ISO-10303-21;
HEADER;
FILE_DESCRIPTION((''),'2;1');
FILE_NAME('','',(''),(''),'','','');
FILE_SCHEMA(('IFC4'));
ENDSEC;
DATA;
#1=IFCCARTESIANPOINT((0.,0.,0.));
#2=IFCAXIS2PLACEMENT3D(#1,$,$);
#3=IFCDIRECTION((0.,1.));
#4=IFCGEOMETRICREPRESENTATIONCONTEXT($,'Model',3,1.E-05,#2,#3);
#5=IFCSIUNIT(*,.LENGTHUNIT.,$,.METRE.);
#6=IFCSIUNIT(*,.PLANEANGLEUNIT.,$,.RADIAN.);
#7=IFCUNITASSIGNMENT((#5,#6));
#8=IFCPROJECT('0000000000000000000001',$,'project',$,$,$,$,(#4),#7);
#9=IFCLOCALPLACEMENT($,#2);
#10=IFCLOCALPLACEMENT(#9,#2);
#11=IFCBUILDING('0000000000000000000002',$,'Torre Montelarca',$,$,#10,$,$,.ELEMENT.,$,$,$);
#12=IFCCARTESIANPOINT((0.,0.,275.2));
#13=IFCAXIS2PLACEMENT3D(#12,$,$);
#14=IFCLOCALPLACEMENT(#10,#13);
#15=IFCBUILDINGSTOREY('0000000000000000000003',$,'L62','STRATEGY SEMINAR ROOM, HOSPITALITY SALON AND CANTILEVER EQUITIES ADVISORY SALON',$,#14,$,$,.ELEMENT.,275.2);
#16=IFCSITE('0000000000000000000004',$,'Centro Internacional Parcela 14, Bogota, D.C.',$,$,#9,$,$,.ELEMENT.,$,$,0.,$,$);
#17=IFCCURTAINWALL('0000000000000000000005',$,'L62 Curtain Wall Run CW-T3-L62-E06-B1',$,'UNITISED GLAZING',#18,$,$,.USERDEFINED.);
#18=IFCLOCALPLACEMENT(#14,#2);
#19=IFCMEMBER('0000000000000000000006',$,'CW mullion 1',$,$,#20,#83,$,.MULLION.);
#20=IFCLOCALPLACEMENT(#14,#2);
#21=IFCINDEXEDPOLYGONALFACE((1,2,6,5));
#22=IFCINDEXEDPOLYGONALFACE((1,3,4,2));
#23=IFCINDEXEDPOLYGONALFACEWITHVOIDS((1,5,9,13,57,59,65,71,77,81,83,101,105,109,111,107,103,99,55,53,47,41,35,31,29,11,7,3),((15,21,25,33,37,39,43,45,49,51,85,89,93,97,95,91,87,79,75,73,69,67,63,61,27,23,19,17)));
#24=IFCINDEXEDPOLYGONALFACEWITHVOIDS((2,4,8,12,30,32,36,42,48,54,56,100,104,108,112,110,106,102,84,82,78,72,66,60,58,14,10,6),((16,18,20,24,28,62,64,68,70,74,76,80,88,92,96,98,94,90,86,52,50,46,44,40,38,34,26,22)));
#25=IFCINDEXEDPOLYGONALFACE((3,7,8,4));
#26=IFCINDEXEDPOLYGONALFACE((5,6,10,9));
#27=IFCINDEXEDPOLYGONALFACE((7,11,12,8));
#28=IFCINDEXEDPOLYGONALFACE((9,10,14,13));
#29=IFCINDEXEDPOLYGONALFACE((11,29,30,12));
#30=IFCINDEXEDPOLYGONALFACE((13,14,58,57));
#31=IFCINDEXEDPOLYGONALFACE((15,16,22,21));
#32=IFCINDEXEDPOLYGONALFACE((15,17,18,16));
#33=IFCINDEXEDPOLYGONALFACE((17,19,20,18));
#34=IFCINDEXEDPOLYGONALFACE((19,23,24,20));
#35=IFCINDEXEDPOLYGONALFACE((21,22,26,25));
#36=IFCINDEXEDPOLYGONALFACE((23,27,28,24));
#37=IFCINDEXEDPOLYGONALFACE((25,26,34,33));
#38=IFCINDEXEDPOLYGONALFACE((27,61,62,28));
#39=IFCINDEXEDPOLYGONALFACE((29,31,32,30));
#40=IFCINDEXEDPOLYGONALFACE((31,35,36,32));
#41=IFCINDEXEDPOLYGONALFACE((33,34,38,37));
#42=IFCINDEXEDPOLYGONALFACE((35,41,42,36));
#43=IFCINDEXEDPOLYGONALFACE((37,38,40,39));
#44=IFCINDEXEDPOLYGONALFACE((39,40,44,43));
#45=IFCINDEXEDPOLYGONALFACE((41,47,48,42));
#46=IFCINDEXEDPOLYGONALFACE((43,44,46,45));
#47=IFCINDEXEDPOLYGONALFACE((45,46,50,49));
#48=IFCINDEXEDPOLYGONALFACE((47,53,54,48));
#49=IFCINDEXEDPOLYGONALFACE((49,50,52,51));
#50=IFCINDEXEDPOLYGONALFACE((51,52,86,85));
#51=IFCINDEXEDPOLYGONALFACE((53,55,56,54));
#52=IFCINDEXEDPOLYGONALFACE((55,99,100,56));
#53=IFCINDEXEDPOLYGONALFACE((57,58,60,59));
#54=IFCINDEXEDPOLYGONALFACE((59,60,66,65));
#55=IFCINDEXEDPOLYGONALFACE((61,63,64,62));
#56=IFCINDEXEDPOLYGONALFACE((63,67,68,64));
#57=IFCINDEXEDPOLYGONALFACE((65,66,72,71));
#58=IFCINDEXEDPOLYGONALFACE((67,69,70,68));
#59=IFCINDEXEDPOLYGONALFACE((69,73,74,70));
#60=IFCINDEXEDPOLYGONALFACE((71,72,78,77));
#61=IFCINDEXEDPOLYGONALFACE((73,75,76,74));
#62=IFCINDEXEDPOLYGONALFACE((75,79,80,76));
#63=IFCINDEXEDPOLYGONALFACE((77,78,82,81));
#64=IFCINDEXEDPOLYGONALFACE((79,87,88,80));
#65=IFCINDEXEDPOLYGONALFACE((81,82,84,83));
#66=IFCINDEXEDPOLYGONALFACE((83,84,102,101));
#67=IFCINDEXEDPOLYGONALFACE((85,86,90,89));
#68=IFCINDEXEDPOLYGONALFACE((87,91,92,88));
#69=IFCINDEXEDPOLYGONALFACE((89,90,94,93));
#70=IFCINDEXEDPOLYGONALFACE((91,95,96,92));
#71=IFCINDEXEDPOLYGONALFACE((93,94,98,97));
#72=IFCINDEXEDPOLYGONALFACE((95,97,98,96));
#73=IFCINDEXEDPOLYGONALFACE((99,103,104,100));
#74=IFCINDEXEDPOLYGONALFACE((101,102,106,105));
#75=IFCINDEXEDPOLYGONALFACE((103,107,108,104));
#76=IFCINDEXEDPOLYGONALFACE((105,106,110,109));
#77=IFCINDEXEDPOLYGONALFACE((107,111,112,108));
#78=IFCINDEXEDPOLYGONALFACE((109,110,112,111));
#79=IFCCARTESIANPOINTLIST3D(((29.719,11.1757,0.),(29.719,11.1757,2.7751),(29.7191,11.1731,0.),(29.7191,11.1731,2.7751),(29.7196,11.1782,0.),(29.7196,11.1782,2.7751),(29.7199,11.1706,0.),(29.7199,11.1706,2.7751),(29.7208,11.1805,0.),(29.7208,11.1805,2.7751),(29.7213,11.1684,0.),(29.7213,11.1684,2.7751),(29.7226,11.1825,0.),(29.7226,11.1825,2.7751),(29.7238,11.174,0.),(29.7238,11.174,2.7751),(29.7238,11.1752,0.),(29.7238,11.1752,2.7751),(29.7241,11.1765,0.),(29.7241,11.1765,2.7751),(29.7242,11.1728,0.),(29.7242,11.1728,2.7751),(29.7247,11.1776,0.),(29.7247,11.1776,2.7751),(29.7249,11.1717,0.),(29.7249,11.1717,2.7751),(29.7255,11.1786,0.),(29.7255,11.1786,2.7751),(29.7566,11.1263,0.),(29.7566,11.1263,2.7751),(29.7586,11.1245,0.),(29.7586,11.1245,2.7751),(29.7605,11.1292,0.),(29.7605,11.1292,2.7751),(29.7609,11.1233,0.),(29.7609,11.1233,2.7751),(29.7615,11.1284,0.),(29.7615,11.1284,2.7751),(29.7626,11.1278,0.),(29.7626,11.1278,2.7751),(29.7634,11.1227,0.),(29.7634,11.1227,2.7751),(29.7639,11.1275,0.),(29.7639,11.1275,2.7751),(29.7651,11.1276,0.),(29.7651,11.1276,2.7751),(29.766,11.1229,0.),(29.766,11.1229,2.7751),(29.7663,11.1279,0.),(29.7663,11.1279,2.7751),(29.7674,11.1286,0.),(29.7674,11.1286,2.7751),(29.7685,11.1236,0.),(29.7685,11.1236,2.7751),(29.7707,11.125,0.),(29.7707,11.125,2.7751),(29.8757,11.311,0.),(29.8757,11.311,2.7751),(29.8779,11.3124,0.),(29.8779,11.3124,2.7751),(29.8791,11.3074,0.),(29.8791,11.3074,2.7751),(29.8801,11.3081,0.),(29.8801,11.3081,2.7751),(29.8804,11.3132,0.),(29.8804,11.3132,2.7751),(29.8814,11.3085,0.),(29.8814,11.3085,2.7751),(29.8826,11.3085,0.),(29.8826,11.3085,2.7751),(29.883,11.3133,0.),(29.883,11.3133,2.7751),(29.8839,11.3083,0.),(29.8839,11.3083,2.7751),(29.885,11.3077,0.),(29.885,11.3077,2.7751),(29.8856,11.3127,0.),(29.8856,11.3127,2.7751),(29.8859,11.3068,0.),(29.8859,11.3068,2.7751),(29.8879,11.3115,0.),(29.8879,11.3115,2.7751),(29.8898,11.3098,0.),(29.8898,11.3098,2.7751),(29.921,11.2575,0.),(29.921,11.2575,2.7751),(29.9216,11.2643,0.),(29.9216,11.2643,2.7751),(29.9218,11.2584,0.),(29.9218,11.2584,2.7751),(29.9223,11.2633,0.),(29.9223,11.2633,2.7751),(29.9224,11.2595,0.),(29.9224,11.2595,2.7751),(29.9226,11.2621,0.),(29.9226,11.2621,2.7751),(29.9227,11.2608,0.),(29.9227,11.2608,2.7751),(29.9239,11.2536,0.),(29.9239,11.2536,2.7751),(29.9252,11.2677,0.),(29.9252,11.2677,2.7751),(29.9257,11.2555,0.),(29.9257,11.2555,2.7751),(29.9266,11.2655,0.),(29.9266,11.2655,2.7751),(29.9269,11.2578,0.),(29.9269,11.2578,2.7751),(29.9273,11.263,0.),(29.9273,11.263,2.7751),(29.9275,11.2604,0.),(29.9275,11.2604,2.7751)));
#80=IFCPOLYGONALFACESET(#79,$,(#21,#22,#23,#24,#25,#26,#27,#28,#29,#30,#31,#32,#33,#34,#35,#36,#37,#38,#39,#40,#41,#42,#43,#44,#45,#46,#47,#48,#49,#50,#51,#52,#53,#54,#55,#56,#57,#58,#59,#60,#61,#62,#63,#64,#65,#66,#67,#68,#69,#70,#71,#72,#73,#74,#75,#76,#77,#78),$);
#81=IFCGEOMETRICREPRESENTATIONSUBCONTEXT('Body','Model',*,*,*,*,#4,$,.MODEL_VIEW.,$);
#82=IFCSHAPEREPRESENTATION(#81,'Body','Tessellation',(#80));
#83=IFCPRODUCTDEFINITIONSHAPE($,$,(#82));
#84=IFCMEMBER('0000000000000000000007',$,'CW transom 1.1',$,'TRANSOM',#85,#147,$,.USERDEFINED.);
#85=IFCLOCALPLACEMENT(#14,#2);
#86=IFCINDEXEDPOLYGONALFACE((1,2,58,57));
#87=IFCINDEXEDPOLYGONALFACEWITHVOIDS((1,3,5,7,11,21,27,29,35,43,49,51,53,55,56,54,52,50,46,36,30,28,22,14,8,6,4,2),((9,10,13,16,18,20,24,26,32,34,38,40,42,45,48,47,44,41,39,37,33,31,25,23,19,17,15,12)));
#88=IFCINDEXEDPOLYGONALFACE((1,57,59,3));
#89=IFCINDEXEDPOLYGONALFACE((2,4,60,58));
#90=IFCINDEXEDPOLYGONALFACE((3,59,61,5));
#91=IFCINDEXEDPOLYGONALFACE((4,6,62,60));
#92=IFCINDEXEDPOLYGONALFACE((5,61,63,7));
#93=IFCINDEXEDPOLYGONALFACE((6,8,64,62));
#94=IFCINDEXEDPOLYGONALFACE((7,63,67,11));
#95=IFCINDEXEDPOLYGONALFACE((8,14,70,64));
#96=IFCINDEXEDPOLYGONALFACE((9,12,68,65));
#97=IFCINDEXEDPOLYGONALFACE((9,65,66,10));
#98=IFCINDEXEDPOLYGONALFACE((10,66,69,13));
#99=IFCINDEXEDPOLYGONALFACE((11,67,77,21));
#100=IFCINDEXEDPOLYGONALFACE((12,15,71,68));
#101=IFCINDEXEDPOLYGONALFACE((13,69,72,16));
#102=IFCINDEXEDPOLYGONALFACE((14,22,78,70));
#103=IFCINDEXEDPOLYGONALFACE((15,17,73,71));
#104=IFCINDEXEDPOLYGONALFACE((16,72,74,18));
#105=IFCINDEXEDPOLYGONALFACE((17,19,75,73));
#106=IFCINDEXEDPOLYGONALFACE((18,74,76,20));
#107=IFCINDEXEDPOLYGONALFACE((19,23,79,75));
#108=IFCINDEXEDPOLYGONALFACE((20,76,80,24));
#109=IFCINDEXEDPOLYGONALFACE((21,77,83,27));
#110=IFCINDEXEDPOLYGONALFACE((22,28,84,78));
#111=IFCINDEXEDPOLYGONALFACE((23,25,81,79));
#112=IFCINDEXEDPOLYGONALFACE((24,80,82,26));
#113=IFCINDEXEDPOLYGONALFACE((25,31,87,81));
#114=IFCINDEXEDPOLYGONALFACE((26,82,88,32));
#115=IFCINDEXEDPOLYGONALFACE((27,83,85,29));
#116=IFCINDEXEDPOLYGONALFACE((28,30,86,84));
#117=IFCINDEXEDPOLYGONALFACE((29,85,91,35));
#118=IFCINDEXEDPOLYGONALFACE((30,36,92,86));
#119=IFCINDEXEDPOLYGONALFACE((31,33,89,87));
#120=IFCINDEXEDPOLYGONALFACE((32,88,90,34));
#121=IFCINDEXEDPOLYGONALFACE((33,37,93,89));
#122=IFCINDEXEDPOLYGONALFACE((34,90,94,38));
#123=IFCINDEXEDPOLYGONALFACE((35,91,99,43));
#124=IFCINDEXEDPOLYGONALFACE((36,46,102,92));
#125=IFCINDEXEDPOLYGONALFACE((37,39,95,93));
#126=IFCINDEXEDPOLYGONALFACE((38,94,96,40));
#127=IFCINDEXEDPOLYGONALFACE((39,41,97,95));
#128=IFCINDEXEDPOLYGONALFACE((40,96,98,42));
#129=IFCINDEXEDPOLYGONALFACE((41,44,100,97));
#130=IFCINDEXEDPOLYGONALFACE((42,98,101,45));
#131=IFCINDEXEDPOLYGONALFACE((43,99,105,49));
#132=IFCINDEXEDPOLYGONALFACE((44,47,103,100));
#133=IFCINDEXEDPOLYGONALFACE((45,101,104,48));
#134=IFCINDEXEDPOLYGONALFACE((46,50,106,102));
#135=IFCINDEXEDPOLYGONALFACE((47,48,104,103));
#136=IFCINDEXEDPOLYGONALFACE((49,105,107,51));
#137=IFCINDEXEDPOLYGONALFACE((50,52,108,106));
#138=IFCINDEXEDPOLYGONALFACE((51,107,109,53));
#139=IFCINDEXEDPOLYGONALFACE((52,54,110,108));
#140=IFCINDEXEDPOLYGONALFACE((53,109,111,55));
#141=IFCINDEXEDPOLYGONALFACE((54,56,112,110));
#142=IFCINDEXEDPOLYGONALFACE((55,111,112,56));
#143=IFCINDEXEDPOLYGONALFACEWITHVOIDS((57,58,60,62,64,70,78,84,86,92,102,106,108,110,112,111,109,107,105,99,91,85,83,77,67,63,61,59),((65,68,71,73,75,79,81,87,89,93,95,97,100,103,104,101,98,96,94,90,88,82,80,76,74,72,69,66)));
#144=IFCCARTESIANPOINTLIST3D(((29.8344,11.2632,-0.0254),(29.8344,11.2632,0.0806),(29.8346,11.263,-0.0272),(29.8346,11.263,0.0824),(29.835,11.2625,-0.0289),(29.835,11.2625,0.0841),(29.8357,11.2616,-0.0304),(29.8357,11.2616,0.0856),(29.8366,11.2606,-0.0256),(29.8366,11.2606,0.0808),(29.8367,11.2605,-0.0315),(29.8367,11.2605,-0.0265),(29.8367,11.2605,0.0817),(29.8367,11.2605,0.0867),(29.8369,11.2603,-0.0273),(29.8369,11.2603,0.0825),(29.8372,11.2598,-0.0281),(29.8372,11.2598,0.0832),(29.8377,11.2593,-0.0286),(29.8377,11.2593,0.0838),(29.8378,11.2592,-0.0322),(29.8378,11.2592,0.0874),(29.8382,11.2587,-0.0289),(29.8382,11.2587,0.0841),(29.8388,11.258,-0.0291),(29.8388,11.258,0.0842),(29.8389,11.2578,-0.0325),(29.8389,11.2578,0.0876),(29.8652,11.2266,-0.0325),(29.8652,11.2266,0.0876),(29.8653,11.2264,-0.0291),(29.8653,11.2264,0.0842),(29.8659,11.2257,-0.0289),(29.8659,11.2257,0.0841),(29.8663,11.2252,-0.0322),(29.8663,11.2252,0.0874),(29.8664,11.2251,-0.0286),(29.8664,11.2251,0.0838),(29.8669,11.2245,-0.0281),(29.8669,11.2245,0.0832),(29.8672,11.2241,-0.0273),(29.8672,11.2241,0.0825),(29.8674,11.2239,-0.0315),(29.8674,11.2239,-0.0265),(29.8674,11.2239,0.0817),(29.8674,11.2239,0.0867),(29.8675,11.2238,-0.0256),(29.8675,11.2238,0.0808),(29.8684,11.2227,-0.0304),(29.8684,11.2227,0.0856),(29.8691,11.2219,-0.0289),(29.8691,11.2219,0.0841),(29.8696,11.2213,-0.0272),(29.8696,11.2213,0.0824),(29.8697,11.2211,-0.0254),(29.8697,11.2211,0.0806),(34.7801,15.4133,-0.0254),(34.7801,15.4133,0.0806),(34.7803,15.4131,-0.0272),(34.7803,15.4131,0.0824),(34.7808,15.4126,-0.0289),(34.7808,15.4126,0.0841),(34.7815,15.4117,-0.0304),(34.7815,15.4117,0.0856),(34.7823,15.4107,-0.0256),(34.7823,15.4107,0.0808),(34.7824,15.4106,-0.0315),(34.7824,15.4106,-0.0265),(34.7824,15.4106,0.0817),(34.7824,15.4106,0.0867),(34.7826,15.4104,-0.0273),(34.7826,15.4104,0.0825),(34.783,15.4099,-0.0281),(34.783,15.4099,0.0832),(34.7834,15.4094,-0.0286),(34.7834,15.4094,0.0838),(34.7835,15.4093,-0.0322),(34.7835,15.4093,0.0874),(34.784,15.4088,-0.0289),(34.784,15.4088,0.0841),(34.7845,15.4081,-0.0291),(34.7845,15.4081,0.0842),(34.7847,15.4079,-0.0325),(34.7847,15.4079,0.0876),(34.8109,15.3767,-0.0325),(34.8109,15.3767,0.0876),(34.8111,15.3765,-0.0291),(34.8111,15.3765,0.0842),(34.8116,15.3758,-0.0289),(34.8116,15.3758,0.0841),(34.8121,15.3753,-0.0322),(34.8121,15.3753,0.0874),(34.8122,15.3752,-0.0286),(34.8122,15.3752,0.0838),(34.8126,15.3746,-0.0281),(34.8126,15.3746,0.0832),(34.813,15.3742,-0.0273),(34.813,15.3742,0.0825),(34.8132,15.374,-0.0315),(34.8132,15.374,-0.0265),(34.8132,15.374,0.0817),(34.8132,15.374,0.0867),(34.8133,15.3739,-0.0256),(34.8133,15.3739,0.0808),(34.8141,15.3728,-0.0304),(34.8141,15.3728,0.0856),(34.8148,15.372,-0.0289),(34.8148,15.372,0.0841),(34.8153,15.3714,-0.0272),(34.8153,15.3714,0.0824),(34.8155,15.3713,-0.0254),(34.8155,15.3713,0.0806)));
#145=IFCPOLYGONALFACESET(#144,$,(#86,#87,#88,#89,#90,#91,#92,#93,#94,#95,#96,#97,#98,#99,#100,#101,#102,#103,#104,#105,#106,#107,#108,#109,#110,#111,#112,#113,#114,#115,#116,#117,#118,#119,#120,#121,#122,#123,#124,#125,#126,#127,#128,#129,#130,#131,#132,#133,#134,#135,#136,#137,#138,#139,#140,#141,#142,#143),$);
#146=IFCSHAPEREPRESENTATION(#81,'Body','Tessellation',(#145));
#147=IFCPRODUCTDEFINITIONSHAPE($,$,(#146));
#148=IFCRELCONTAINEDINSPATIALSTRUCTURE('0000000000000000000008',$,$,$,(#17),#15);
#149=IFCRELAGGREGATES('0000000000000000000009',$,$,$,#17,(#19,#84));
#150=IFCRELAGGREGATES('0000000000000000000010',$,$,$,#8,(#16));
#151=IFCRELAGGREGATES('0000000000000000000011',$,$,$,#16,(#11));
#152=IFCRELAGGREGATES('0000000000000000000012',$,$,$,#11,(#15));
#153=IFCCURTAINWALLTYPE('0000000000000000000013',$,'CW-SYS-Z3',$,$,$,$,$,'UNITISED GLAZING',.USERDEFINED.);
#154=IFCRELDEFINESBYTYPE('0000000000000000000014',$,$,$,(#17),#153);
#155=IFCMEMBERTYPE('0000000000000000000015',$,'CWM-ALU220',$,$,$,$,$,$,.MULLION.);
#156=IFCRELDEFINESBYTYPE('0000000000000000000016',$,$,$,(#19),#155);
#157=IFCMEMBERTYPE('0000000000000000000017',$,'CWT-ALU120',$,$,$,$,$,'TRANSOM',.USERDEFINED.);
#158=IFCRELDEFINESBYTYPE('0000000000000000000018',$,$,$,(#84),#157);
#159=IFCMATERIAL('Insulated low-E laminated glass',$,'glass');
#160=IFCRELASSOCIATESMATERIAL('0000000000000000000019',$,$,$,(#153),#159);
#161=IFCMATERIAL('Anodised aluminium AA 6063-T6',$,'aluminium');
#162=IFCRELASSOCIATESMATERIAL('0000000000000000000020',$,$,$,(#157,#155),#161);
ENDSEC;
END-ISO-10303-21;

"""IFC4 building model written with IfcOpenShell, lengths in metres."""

from ifc_helpers import new_model, si_unit, direction, frame, origin, origin_2d, place, context, subcontext, project, spatial, hollow_rectangle, extrude, source, transform, mapped, material, material_profile, profile_set, type_object, element, aggregate, save


model = new_model("IFC4")

# Units and contexts
model_context = context("Model", 3, precision=1e-05, world=origin(), true_north=direction((0.0, 1.0)))
body_context = subcontext(model_context, "Body", "Model", "MODEL_VIEW")
ifc_project = project(units=[si_unit("LENGTHUNIT", "METRE"), si_unit("PLANEANGLEUNIT", "RADIAN")], contexts=[model_context])

# Site, building, storey
site_placement = place(None, origin())
site = spatial("IfcSite", under=ifc_project, at=site_placement, Name="Centro Internacional Parcela 14, Bogota, D.C.", CompositionType="ELEMENT", RefElevation=0.0)
building_placement = place(site_placement, origin())
building = spatial("IfcBuilding", under=site, at=building_placement, Name="Torre Montelarca", CompositionType="ELEMENT")
storey_placement = place(building_placement, frame((0.0, 0.0, 275.2)))
storey = spatial("IfcBuildingStorey", under=building, at=storey_placement, Name="L62", Description="STRATEGY SEMINAR ROOM, HOSPITALITY SALON AND CANTILEVER EQUITIES ADVISORY SALON", CompositionType="ELEMENT", Elevation=275.2)

# Curtain wall, members
ifc_material_1 = material(Name="Insulated low-E laminated glass", Category="glass")
curtain_wall_type = type_object("IfcCurtainWallType", Name="CW-SYS-Z3", ElementType="UNITISED GLAZING", PredefinedType="USERDEFINED", material=ifc_material_1)
ifc_material_2 = material(Name="Anodised aluminium AA 6063-T6", Category="aluminium")
ifc_material_profile_1 = material_profile(ifc_material_2, hollow_rectangle(XDim=0.0549, YDim=0.1201, WallThickness=0.0034, InnerFilletRadius=0.0034, OuterFilletRadius=0.0071, at=origin_2d()), Name="ALU55X120X3.5", Category="aluminium")
ifc_profile_set_1 = profile_set([ifc_material_profile_1], Name="Anodised aluminium AA 6063-T6")
member_type_1 = type_object("IfcMemberType", Name="CWT-ALU120", ElementType="TRANSOM", PredefinedType="USERDEFINED", material=ifc_profile_set_1)
ifc_material_profile_2 = material_profile(ifc_material_2, hollow_rectangle(XDim=0.075, YDim=0.22, WallThickness=0.0049, InnerFilletRadius=0.0049, OuterFilletRadius=0.01, at=origin_2d()), Name="ALU75X220X5", Category="aluminium")
ifc_profile_set_2 = profile_set([ifc_material_profile_2], Name="Anodised aluminium AA 6063-T6")
member_type_2 = type_object("IfcMemberType", Name="CWM-ALU220", PredefinedType="MULLION", material=ifc_profile_set_2)
curtain_wall_1_placement = place(storey_placement, origin())
curtain_wall_1 = element("IfcCurtainWall", 1, at=curtain_wall_1_placement, inside=storey, type_object=curtain_wall_type, Name="L62 Curtain Wall Run CW-T3-L62-E06-B1", ObjectType="UNITISED GLAZING", PredefinedType="USERDEFINED")
shared_shape_1 = source(origin(), body_context, "Body", "SweptSolid", [
    extrude(hollow_rectangle(XDim=0.075, YDim=0.22, WallThickness=0.0049, InnerFilletRadius=0.0049, OuterFilletRadius=0.01, at=origin_2d()), origin(), (0.0, 0.0, 1.0), 2.7751),
])
member_1_placement = place(storey_placement, frame((29.8232, 11.218, 0.0), z_axis=(0.0, 0.0, 1.0), x_axis=(-0.64279, 0.766043, 0.0)))
member_1 = element("IfcMember", 2, at=member_1_placement, type_object=member_type_2, Name="CW mullion 1", PredefinedType="MULLION", context=body_context, shape_type="MappedRepresentation", body=[
    mapped(shared_shape_1, transform((0.0, 0.0, 0.0), scale=1.0)),
])
shared_shape_2 = source(origin(), body_context, "Body", "SweptSolid", [
    extrude(hollow_rectangle(XDim=0.0549, YDim=0.1201, WallThickness=0.0034, InnerFilletRadius=0.0034, OuterFilletRadius=0.0071, at=origin_2d()), origin(), (0.0, 0.0, 1.0), 6.4563),
])
member_2_placement = place(storey_placement, frame((29.8521, 11.2422, 0.0276), z_axis=(0.766035, 0.642799, 0.0), x_axis=(-0.642799, 0.766035, 0.0)))
member_2 = element("IfcMember", 3, at=member_2_placement, type_object=member_type_1, Name="CW transom 1.1", ObjectType="TRANSOM", PredefinedType="USERDEFINED", context=body_context, shape_type="MappedRepresentation", body=[
    mapped(shared_shape_2, transform((0.0, 0.0, 0.0), scale=1.0)),
])

aggregate(curtain_wall_1, [member_1, member_2])

save(model, "model.ifc")
